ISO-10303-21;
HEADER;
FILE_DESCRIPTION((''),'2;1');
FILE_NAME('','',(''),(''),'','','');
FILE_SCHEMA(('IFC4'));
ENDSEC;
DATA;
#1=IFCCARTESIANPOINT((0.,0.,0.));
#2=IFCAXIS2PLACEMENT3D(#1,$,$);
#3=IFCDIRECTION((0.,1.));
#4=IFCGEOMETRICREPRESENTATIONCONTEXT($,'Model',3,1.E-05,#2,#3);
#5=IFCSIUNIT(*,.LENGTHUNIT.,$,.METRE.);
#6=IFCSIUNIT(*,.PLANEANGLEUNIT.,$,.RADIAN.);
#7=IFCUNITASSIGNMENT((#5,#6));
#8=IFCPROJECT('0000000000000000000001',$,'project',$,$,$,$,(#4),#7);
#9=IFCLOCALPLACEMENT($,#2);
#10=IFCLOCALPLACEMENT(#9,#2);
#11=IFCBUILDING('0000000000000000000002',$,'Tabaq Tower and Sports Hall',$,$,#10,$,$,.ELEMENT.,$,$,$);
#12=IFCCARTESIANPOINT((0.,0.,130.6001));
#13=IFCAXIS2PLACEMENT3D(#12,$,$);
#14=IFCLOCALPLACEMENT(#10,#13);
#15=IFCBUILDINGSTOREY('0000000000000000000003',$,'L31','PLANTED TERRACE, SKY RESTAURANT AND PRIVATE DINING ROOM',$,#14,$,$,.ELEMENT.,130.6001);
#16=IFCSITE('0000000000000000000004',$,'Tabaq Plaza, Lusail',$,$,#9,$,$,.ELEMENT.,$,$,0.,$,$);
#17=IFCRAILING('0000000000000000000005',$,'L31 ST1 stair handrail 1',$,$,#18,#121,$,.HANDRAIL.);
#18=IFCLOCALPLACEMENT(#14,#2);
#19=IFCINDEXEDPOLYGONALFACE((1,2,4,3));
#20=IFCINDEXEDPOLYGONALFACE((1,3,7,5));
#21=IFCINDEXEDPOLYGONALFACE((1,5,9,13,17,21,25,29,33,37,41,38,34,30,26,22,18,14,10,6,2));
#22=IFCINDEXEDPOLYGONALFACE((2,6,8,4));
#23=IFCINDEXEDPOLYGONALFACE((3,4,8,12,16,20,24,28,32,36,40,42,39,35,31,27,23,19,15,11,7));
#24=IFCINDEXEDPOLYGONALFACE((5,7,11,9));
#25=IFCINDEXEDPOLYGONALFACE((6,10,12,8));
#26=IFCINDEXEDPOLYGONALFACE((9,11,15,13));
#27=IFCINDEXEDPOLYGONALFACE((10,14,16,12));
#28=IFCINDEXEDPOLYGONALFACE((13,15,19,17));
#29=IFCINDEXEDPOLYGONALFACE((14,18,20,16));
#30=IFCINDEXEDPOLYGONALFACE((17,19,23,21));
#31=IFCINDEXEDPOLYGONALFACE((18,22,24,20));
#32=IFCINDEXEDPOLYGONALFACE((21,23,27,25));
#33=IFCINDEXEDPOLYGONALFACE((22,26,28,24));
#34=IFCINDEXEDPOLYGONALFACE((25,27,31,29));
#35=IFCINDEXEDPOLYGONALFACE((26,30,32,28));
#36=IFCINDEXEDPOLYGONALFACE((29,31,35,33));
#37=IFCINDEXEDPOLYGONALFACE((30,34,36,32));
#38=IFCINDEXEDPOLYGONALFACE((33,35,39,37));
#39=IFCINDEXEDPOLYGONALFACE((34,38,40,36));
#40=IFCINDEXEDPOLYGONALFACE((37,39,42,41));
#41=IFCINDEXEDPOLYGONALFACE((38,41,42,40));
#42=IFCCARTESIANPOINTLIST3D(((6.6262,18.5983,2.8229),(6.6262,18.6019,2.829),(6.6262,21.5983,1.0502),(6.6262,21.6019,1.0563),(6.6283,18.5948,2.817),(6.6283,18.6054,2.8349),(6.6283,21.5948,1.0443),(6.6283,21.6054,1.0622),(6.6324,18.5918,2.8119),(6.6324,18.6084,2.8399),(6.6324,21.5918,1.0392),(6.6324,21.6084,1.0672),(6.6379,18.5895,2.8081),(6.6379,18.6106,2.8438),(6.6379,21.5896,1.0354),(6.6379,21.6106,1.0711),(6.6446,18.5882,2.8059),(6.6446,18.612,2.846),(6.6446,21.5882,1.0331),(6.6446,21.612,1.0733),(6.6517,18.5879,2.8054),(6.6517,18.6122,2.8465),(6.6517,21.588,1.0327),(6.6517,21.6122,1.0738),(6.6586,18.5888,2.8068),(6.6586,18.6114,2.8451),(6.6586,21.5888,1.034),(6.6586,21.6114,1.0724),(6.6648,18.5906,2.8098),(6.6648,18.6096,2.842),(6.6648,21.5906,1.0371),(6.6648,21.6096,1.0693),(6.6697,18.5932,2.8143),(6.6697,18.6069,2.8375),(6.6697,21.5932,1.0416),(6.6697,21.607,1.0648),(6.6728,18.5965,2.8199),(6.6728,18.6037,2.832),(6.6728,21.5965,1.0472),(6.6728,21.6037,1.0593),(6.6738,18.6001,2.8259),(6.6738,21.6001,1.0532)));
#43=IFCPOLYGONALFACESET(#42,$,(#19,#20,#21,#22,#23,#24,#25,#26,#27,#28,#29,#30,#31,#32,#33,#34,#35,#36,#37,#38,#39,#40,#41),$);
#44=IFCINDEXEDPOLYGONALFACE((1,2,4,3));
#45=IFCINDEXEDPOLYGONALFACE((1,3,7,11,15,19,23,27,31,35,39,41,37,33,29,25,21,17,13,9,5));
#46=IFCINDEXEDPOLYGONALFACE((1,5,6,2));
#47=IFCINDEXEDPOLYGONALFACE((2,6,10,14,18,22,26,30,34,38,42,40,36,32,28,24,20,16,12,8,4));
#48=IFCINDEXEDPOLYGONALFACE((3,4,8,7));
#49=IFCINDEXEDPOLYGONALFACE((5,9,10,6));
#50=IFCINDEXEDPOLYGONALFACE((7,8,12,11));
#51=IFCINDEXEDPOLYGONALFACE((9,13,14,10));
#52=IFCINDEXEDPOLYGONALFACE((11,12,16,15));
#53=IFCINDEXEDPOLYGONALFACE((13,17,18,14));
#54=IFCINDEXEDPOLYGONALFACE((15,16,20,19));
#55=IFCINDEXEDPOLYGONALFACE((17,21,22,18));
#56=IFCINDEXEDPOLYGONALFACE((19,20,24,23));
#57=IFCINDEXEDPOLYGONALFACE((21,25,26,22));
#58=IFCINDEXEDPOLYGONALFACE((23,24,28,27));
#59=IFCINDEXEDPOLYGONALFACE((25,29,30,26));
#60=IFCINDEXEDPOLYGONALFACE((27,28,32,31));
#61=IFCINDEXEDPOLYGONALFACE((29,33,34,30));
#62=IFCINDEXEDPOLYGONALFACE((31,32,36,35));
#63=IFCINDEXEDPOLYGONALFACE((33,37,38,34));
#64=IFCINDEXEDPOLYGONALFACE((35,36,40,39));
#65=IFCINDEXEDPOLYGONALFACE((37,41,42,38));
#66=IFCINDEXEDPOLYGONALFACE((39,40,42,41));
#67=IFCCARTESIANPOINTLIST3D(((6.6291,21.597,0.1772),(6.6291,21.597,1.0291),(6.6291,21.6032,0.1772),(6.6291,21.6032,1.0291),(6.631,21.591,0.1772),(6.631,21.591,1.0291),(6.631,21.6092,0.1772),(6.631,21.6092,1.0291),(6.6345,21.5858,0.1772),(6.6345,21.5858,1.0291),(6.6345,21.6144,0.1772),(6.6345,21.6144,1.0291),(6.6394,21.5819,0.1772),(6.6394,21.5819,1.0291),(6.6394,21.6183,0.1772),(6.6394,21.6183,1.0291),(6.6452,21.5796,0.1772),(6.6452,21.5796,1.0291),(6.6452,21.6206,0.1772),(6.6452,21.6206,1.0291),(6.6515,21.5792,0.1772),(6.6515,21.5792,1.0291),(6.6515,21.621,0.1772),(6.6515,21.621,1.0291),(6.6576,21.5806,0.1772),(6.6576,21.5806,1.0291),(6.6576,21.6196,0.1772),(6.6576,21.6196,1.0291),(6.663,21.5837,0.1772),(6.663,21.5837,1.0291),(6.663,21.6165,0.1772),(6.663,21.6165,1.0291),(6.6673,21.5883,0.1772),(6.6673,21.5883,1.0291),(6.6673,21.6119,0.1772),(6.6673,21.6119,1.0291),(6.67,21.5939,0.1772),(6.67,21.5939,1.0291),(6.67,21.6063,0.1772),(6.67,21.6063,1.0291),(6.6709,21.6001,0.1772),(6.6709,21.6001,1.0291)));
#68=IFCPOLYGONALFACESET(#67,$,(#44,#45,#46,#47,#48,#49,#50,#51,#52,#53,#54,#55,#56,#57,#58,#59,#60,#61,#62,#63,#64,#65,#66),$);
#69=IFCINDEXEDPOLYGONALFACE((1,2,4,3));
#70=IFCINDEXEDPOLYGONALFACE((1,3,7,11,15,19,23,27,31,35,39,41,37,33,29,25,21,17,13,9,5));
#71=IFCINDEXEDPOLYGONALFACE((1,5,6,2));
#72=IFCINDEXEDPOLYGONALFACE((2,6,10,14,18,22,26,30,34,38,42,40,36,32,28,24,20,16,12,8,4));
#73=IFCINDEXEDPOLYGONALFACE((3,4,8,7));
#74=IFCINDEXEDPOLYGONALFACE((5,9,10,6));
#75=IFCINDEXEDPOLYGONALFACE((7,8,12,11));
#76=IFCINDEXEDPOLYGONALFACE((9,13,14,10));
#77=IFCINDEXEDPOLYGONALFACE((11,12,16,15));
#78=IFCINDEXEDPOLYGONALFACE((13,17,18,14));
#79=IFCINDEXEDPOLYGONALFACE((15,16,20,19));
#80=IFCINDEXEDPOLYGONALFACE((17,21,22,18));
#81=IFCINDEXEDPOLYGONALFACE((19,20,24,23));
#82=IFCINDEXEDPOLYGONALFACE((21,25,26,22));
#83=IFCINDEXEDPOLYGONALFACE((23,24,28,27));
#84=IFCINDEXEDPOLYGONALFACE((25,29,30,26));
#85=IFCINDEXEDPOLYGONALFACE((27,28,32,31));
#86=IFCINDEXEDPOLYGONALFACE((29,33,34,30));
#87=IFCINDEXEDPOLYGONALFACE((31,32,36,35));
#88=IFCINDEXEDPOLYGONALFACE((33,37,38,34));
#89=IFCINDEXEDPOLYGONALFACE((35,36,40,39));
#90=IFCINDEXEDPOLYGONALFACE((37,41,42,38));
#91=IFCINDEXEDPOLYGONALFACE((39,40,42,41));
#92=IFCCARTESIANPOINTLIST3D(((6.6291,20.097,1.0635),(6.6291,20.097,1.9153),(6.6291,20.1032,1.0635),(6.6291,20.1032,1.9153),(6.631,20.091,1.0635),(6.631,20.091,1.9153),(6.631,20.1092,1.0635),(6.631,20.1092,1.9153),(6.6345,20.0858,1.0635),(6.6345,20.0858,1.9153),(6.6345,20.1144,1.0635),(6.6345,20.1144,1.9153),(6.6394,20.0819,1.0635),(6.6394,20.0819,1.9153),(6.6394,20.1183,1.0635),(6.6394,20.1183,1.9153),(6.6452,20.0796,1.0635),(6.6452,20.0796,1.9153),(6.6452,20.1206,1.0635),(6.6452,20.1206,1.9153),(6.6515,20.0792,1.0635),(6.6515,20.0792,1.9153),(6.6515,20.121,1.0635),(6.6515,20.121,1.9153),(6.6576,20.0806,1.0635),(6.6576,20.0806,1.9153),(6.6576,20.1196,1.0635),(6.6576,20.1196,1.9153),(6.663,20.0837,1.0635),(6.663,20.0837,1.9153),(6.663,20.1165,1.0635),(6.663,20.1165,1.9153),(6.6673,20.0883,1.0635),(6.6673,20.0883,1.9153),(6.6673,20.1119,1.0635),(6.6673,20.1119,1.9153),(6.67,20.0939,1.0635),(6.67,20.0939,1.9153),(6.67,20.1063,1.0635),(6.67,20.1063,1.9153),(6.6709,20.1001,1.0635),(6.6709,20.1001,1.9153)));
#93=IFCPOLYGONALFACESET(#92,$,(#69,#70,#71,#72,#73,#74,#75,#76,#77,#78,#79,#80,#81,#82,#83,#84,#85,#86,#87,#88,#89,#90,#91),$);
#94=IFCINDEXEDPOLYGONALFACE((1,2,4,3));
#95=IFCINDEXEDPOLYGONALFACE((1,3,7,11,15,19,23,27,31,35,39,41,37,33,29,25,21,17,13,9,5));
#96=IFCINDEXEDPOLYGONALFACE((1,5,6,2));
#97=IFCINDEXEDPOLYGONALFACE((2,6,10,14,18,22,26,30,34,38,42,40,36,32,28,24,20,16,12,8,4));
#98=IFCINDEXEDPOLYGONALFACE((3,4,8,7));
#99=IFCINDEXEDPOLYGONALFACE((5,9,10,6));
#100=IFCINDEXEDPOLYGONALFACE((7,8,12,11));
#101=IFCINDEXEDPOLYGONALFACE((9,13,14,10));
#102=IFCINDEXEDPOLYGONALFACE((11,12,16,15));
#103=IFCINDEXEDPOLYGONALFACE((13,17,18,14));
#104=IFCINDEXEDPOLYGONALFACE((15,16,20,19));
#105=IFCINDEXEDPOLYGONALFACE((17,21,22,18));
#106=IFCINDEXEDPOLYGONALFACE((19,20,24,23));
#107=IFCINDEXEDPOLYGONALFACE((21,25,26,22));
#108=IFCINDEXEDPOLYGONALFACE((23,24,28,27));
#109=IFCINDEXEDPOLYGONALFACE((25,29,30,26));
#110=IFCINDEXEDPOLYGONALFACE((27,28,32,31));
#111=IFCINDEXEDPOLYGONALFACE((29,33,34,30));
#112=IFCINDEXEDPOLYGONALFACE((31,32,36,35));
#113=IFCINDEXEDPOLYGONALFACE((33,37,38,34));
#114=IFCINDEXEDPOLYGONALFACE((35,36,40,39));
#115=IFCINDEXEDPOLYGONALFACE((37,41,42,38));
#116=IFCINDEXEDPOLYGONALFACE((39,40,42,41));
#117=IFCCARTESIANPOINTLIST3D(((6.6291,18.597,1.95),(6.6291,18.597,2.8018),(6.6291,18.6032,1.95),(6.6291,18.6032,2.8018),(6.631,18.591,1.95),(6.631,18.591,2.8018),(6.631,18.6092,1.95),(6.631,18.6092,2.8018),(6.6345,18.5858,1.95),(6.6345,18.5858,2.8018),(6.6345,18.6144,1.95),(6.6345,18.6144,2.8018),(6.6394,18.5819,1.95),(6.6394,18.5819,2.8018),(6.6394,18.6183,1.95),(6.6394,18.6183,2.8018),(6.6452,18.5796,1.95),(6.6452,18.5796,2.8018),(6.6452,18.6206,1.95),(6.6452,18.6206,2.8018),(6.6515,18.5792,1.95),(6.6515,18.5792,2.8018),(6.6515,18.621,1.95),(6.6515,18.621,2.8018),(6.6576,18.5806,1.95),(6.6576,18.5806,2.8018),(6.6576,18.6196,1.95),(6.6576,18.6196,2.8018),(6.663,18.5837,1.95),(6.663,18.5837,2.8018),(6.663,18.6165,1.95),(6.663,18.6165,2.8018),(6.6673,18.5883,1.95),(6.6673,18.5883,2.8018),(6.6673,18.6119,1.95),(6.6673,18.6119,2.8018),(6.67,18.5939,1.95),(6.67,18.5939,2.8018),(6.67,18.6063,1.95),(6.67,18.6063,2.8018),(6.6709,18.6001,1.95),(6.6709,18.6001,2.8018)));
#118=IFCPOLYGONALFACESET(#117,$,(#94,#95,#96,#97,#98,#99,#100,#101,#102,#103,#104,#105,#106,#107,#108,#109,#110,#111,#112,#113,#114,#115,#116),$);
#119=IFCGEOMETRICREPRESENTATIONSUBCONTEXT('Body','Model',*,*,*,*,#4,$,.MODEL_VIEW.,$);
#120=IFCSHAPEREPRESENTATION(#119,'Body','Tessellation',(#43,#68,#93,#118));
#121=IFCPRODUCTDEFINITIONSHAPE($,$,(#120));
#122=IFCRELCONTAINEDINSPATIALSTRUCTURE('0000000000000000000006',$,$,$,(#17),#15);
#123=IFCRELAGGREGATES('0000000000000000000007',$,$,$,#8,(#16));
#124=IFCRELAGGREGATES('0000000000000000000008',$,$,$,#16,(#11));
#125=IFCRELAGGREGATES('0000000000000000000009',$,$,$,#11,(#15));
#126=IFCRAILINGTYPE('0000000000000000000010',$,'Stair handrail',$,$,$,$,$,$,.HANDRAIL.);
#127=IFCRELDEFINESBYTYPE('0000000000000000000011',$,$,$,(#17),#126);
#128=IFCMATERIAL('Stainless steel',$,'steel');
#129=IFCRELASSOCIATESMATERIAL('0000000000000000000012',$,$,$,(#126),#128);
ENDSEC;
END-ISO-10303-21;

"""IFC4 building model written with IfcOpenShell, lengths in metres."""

from ifc_helpers import new_model, si_unit, direction, frame, origin, origin_2d, place, context, subcontext, project, spatial, circle, extrude, material, type_object, element, save


model = new_model("IFC4")

# Units and contexts
model_context = context("Model", 3, precision=1e-05, world=origin(), true_north=direction((0.0, 1.0)))
body_context = subcontext(model_context, "Body", "Model", "MODEL_VIEW")
ifc_project = project(units=[si_unit("LENGTHUNIT", "METRE"), si_unit("PLANEANGLEUNIT", "RADIAN")], contexts=[model_context])

# Site, building, storey
site_placement = place(None, origin())
site = spatial("IfcSite", under=ifc_project, at=site_placement, Name="Tabaq Plaza, Lusail", CompositionType="ELEMENT", RefElevation=0.0)
building_placement = place(site_placement, origin())
building = spatial("IfcBuilding", under=site, at=building_placement, Name="Tabaq Tower and Sports Hall", CompositionType="ELEMENT")
storey_placement = place(building_placement, frame((0.0, 0.0, 130.6001)))
storey = spatial("IfcBuildingStorey", under=building, at=storey_placement, Name="L31", Description="PLANTED TERRACE, SKY RESTAURANT AND PRIVATE DINING ROOM", CompositionType="ELEMENT", Elevation=130.6001)

# Railing
ifc_material_1 = material(Name="Stainless steel", Category="steel")
railing_type_1 = type_object("IfcRailingType", Name="Stair handrail", PredefinedType="HANDRAIL", material=ifc_material_1)
railing_1_placement = place(storey_placement, frame((6.6499, 21.6001, 0.1772)))
element("IfcRailing", 1, at=railing_1_placement, inside=storey, type_object=railing_type_1, Name="L31 ST1 stair handrail 1", PredefinedType="HANDRAIL", context=body_context, shape_type="SweptSolid", body=[
    extrude(circle(Radius=0.0239, at=origin_2d()), frame((0.0, 0.0, 0.876), z_axis=(0.0, -0.860929, 0.508725), x_axis=(1.0, 0.0, 0.0)), (0.0, 0.0, 1.0), 3.4846),
    extrude(circle(Radius=0.021, at=origin_2d()), origin(), (0.0, 0.0, 1.0), 0.8518),
    extrude(circle(Radius=0.021, at=origin_2d()), frame((0.0, -1.5, 0.8862)), (0.0, 0.0, 1.0), 0.8518),
    extrude(circle(Radius=0.021, at=origin_2d()), frame((0.0, -3.0, 1.7727)), (0.0, 0.0, 1.0), 0.8518),
])

save(model, "model.ifc")
